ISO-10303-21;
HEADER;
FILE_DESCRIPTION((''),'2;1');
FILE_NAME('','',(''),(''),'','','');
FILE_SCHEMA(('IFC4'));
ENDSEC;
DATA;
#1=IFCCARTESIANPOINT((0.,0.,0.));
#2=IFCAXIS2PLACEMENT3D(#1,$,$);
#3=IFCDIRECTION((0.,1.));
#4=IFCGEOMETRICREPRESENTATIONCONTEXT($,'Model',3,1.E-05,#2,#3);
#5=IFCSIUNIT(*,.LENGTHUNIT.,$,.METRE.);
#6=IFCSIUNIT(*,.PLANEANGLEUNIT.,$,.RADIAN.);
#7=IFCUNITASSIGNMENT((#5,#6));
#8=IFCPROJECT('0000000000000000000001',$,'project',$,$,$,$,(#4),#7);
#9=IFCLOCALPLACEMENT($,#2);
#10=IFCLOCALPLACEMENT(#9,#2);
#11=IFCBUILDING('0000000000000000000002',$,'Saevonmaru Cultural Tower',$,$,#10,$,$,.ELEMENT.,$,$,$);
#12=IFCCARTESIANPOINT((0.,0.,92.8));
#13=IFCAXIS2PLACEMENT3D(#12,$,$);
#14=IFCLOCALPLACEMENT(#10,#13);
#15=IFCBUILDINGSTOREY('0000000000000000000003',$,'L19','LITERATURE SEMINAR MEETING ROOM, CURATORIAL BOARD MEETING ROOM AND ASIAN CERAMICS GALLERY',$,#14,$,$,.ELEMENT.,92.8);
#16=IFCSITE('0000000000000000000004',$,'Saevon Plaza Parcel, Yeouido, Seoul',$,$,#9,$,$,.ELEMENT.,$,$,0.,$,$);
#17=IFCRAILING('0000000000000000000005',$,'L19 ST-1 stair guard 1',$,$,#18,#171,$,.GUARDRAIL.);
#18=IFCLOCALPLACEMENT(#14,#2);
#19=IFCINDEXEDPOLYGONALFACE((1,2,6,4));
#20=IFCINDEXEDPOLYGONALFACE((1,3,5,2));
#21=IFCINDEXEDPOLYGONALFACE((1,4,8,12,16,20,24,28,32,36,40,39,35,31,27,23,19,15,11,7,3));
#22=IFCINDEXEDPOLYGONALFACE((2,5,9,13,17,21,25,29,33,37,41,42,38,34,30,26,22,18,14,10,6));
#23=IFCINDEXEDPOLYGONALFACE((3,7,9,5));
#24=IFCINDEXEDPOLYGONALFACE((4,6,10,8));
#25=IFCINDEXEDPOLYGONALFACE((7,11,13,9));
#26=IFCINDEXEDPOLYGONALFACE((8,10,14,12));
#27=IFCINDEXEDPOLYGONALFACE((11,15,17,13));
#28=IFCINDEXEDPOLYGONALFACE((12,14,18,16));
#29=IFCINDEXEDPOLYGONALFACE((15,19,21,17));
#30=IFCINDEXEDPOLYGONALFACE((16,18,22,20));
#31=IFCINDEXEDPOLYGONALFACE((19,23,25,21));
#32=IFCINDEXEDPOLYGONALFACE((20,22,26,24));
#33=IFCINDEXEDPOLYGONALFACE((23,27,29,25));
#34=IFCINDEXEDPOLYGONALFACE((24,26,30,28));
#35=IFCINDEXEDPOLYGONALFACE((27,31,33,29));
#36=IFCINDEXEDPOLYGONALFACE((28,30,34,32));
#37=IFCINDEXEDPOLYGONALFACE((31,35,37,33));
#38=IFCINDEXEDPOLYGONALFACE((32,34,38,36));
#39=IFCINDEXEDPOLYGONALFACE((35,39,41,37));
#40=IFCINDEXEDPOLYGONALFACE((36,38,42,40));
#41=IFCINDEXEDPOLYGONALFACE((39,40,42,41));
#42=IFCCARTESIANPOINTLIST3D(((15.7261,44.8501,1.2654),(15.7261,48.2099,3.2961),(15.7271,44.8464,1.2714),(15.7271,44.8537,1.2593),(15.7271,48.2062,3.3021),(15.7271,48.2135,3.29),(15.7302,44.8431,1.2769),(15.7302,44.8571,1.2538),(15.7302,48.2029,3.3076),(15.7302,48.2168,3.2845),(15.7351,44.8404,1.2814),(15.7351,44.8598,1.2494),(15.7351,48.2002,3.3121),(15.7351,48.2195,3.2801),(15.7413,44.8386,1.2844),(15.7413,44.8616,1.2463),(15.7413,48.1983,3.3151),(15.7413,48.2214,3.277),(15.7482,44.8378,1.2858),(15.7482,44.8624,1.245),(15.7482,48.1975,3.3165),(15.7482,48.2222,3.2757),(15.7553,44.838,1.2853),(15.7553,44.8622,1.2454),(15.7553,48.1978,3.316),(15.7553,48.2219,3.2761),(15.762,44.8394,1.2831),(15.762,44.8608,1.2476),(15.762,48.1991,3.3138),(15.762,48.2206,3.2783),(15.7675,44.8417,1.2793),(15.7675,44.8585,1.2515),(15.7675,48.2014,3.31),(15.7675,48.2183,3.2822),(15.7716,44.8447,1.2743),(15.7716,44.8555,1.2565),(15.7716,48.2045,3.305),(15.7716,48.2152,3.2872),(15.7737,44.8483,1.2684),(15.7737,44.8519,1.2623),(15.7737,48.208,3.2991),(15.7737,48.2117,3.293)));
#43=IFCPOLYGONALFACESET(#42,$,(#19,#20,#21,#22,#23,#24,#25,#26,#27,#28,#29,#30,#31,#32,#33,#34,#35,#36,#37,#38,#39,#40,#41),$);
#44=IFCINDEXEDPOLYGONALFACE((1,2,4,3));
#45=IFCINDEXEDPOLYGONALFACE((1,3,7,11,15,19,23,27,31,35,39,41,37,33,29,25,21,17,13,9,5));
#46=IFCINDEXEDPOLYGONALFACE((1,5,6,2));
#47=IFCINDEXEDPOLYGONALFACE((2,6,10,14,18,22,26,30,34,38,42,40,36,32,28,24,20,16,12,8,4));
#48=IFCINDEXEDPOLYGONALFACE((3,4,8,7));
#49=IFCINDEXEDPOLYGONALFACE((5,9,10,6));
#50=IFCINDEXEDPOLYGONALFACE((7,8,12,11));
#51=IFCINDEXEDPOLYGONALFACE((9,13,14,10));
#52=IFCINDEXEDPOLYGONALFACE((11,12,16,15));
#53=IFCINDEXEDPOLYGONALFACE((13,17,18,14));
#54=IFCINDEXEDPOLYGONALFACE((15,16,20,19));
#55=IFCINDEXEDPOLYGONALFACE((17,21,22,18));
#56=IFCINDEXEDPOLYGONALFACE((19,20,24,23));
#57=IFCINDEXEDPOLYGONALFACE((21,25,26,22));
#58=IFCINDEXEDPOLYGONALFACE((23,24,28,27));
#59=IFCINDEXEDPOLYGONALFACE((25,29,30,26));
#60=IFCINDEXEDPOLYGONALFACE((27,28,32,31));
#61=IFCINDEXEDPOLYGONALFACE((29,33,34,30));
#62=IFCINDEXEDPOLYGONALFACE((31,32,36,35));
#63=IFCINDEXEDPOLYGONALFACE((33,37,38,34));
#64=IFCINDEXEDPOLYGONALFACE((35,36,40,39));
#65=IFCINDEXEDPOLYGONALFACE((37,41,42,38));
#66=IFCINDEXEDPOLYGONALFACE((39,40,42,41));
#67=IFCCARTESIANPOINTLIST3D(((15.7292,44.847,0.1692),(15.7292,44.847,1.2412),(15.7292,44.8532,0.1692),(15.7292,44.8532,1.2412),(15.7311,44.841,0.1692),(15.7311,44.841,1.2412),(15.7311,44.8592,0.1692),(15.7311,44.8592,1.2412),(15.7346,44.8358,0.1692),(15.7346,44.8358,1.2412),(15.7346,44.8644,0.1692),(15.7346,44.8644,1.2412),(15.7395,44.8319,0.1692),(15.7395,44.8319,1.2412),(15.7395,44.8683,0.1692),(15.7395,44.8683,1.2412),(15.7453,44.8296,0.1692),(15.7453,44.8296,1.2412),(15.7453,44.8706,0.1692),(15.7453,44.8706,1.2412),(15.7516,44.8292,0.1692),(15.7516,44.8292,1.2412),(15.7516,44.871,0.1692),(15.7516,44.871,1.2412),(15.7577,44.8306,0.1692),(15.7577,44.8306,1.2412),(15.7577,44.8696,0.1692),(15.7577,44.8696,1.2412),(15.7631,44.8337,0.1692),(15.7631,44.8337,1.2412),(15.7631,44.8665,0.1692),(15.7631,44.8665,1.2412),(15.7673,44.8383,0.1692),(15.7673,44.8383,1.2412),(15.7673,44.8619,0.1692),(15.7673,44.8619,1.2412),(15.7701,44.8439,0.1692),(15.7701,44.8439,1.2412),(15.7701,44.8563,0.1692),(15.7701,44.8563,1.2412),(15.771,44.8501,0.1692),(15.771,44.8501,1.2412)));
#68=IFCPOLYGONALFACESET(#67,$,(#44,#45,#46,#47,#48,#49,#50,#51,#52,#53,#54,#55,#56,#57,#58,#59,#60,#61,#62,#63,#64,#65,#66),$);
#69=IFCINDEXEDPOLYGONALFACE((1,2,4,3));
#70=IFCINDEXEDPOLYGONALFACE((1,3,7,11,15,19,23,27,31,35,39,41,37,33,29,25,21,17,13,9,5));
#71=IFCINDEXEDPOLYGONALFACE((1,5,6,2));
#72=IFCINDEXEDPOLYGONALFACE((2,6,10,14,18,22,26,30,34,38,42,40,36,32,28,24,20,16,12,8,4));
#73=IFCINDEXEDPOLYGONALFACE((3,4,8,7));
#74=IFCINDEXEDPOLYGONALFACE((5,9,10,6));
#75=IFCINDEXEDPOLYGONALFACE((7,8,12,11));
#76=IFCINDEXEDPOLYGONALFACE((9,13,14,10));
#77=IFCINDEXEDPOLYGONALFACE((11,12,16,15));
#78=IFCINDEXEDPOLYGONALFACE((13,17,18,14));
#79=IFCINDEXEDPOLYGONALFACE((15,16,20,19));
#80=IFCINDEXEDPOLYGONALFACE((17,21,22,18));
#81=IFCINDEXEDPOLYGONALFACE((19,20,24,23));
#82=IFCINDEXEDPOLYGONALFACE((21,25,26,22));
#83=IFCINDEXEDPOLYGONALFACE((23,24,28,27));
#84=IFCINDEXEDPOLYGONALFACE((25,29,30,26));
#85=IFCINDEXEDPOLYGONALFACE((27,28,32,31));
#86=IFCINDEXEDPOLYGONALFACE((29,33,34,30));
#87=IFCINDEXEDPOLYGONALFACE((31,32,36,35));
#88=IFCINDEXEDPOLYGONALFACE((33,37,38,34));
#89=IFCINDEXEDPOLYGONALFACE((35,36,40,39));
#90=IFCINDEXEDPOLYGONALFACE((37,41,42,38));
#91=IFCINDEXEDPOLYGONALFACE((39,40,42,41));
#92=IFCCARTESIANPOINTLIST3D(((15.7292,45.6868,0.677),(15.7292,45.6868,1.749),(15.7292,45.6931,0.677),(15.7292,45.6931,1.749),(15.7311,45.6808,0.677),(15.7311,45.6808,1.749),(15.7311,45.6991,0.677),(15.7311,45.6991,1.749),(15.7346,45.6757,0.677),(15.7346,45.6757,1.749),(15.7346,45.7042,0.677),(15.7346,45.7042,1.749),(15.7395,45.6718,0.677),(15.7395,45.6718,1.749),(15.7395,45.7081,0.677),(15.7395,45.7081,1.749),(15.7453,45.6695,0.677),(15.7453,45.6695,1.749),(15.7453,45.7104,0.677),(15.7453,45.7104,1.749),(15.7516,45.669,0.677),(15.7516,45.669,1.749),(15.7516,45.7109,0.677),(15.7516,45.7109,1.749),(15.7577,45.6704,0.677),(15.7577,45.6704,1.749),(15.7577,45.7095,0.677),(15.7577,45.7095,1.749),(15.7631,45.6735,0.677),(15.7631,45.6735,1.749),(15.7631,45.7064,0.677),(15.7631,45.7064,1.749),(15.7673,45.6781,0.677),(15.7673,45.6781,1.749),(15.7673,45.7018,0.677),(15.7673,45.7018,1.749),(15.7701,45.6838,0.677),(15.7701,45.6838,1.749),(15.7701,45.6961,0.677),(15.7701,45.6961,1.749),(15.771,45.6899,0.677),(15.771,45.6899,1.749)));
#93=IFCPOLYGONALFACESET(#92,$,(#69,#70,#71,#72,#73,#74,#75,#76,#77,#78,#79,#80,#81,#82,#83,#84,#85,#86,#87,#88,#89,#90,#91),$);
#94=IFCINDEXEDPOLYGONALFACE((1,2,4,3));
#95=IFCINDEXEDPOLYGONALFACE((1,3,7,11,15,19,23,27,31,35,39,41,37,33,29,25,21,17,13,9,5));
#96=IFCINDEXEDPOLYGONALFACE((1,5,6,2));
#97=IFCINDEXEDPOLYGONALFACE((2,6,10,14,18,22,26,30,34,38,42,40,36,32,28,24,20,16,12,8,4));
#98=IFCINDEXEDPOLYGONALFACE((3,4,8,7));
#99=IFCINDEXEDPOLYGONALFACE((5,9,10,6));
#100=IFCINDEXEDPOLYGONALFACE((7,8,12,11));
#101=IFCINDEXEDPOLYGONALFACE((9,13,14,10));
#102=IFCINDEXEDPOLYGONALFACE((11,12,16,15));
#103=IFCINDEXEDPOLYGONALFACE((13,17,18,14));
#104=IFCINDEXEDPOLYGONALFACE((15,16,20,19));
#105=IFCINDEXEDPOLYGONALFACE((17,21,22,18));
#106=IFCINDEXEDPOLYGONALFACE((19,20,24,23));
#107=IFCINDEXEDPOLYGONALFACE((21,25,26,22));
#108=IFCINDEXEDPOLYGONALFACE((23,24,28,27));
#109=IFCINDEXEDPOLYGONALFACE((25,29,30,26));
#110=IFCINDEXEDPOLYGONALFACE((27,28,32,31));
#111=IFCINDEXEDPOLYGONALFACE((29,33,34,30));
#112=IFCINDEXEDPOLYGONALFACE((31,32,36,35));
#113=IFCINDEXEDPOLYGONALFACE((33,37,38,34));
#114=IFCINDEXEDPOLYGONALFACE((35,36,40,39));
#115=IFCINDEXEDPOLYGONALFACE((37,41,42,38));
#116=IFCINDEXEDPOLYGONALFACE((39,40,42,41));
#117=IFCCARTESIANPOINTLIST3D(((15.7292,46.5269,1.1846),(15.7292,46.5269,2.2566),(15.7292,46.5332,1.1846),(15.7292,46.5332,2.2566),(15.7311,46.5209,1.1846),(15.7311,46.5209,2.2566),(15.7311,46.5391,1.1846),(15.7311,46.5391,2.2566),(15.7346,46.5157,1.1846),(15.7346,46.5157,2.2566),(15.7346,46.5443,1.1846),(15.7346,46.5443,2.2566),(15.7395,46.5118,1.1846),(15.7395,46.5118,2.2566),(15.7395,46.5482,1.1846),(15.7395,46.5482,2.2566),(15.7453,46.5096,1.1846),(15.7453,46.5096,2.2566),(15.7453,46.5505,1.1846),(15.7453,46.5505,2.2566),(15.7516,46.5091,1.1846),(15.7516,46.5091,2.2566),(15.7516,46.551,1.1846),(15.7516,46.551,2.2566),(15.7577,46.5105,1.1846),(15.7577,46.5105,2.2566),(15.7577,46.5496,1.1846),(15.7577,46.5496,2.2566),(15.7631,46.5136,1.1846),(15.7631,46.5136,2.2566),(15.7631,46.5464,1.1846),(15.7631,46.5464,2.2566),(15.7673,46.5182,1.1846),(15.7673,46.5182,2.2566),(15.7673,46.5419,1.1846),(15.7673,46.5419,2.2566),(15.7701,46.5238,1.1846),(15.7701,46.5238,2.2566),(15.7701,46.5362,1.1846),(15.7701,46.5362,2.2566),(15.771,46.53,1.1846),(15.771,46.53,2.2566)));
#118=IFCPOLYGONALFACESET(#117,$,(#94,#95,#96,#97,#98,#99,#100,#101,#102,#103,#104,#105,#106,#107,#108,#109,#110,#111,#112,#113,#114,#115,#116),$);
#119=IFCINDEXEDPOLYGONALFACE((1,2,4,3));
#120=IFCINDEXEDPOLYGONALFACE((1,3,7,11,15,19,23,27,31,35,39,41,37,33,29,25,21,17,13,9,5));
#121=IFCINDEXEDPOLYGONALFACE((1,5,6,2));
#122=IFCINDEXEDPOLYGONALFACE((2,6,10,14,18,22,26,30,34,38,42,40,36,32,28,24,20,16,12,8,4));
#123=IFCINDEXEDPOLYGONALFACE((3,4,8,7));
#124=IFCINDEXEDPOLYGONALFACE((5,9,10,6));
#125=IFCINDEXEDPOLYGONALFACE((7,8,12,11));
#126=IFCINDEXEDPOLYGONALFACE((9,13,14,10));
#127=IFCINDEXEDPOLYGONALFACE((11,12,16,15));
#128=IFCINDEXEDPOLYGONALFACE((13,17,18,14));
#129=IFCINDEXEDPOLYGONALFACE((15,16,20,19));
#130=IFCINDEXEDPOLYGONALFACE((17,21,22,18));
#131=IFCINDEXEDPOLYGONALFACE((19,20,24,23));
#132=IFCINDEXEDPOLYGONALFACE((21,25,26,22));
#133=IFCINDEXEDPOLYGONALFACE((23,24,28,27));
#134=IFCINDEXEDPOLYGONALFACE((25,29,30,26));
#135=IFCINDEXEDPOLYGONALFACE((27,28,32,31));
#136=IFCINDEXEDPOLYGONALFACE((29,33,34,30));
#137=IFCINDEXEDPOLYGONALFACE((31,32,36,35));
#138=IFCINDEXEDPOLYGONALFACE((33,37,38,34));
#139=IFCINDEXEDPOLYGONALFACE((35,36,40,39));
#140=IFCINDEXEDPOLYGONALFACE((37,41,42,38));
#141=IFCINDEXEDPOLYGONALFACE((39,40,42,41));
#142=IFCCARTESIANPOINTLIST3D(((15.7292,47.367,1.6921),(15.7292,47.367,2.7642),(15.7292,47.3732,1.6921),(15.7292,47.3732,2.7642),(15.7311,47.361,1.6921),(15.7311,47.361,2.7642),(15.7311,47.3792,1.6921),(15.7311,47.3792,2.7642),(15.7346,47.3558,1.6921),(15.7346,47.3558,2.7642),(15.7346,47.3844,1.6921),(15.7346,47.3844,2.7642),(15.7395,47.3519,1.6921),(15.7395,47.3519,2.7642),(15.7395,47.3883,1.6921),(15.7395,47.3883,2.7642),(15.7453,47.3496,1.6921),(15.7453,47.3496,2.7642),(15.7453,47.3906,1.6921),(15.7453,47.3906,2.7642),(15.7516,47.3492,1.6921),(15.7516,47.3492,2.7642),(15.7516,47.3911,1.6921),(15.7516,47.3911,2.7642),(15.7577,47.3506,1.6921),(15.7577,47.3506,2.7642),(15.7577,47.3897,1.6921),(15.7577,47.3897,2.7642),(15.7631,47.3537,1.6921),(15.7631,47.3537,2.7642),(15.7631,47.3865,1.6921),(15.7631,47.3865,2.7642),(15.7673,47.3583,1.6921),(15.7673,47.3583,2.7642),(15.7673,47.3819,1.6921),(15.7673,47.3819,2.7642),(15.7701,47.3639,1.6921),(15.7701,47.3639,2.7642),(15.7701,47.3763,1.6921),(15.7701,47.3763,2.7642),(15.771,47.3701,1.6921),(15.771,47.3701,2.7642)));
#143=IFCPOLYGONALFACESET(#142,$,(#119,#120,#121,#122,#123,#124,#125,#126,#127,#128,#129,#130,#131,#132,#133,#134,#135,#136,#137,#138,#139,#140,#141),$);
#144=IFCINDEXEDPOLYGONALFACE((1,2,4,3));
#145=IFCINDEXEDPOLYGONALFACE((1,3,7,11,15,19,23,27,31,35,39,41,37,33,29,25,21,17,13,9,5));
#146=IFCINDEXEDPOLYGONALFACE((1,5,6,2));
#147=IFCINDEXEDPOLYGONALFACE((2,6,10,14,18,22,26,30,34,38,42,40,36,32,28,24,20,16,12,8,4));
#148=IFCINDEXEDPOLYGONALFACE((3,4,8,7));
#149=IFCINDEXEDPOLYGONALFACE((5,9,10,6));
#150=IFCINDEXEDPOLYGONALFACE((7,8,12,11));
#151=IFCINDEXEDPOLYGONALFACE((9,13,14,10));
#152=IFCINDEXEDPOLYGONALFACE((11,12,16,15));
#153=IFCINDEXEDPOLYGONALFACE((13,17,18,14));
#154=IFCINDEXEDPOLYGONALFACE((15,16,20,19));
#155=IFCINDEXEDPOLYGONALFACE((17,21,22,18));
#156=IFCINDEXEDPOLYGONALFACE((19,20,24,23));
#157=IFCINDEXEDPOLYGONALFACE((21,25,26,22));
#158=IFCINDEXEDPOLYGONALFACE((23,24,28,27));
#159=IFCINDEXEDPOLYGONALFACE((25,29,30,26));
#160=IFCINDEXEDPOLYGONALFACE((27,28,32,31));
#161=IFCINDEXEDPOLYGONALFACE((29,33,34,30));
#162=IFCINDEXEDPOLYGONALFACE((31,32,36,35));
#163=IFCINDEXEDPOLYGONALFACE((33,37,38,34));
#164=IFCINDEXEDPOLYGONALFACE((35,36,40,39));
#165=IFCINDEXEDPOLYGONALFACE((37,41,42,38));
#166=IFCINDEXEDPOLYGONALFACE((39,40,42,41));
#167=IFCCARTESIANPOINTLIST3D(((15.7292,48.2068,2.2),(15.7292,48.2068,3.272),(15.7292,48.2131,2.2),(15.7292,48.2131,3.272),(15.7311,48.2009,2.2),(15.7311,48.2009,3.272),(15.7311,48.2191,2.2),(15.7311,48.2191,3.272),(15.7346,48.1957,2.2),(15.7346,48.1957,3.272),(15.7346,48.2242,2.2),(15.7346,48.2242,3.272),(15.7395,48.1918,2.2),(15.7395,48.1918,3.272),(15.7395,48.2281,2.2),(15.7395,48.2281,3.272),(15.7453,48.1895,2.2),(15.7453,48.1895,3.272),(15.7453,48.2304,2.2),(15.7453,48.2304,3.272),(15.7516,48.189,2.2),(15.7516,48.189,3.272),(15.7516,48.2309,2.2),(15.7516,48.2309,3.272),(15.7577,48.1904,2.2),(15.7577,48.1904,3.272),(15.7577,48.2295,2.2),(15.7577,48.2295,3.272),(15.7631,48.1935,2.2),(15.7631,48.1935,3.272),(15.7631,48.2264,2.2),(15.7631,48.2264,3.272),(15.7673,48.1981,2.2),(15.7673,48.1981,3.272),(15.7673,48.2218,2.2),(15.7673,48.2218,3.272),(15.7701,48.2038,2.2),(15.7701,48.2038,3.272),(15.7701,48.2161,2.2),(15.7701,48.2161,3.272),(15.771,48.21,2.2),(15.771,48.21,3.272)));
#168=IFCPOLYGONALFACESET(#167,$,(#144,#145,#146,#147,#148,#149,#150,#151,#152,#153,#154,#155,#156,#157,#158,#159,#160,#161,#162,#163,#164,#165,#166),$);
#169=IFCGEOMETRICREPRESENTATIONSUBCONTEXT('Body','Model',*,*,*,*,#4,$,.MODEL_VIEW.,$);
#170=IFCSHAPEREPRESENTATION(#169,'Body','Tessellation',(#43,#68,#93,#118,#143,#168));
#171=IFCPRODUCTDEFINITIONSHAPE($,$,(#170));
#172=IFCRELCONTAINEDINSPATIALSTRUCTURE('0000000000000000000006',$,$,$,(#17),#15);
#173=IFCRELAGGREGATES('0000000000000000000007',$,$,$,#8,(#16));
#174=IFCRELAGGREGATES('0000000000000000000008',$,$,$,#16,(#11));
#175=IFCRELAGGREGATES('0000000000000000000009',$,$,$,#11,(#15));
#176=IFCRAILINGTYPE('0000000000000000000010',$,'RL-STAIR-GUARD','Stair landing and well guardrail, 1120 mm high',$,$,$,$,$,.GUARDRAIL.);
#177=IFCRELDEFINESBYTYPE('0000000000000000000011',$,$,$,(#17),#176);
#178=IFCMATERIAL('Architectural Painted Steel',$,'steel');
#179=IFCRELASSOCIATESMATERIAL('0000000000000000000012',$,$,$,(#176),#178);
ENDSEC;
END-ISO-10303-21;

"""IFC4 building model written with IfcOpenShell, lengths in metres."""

from ifc_helpers import new_model, si_unit, direction, frame, origin, origin_2d, place, context, subcontext, project, spatial, circle, extrude, material, type_object, element, save


model = new_model("IFC4")

# Units and contexts
model_context = context("Model", 3, precision=1e-05, world=origin(), true_north=direction((0.0, 1.0)))
body_context = subcontext(model_context, "Body", "Model", "MODEL_VIEW")
ifc_project = project(units=[si_unit("LENGTHUNIT", "METRE"), si_unit("PLANEANGLEUNIT", "RADIAN")], contexts=[model_context])

# Site, building, storey
site_placement = place(None, origin())
site = spatial("IfcSite", under=ifc_project, at=site_placement, Name="Saevon Plaza Parcel, Yeouido, Seoul", CompositionType="ELEMENT", RefElevation=0.0)
building_placement = place(site_placement, origin())
building = spatial("IfcBuilding", under=site, at=building_placement, Name="Saevonmaru Cultural Tower", CompositionType="ELEMENT")
storey_placement = place(building_placement, frame((0.0, 0.0, 92.8)))
storey = spatial("IfcBuildingStorey", under=building, at=storey_placement, Name="L19", Description="LITERATURE SEMINAR MEETING ROOM, CURATORIAL BOARD MEETING ROOM AND ASIAN CERAMICS GALLERY", CompositionType="ELEMENT", Elevation=92.8)

# Railing
ifc_material_1 = material(Name="Architectural Painted Steel", Category="steel")
railing_type_1 = type_object("IfcRailingType", Name="RL-STAIR-GUARD", Description="Stair landing and well guardrail, 1120 mm high", PredefinedType="GUARDRAIL", material=ifc_material_1)
railing_1_placement = place(storey_placement, frame((15.75, 44.8501, 0.1692)))
element("IfcRailing", 1, at=railing_1_placement, inside=storey, type_object=railing_type_1, Name="L19 ST-1 stair guard 1", PredefinedType="GUARDRAIL", context=body_context, shape_type="SweptSolid", body=[
    extrude(circle(Radius=0.0239, at=origin_2d()), frame((0.0, 0.0, 1.0962), z_axis=(0.0, 0.85582, 0.517273), x_axis=(-1.0, 0.0, 0.0)), (0.0, 0.0, 1.0), 3.9258),
    extrude(circle(Radius=0.021, at=origin_2d()), origin(), (0.0, 0.0, 1.0), 1.072),
    extrude(circle(Radius=0.021, at=origin_2d()), frame((0.0, 0.8398, 0.5078)), (0.0, 0.0, 1.0), 1.072),
    extrude(circle(Radius=0.021, at=origin_2d()), frame((0.0, 1.6799, 1.0154)), (0.0, 0.0, 1.0), 1.072),
    extrude(circle(Radius=0.021, at=origin_2d()), frame((0.0, 2.52, 1.5229)), (0.0, 0.0, 1.0), 1.072),
    extrude(circle(Radius=0.021, at=origin_2d()), frame((0.0, 3.3599, 2.0308)), (0.0, 0.0, 1.0), 1.072),
])

save(model, "model.ifc")
